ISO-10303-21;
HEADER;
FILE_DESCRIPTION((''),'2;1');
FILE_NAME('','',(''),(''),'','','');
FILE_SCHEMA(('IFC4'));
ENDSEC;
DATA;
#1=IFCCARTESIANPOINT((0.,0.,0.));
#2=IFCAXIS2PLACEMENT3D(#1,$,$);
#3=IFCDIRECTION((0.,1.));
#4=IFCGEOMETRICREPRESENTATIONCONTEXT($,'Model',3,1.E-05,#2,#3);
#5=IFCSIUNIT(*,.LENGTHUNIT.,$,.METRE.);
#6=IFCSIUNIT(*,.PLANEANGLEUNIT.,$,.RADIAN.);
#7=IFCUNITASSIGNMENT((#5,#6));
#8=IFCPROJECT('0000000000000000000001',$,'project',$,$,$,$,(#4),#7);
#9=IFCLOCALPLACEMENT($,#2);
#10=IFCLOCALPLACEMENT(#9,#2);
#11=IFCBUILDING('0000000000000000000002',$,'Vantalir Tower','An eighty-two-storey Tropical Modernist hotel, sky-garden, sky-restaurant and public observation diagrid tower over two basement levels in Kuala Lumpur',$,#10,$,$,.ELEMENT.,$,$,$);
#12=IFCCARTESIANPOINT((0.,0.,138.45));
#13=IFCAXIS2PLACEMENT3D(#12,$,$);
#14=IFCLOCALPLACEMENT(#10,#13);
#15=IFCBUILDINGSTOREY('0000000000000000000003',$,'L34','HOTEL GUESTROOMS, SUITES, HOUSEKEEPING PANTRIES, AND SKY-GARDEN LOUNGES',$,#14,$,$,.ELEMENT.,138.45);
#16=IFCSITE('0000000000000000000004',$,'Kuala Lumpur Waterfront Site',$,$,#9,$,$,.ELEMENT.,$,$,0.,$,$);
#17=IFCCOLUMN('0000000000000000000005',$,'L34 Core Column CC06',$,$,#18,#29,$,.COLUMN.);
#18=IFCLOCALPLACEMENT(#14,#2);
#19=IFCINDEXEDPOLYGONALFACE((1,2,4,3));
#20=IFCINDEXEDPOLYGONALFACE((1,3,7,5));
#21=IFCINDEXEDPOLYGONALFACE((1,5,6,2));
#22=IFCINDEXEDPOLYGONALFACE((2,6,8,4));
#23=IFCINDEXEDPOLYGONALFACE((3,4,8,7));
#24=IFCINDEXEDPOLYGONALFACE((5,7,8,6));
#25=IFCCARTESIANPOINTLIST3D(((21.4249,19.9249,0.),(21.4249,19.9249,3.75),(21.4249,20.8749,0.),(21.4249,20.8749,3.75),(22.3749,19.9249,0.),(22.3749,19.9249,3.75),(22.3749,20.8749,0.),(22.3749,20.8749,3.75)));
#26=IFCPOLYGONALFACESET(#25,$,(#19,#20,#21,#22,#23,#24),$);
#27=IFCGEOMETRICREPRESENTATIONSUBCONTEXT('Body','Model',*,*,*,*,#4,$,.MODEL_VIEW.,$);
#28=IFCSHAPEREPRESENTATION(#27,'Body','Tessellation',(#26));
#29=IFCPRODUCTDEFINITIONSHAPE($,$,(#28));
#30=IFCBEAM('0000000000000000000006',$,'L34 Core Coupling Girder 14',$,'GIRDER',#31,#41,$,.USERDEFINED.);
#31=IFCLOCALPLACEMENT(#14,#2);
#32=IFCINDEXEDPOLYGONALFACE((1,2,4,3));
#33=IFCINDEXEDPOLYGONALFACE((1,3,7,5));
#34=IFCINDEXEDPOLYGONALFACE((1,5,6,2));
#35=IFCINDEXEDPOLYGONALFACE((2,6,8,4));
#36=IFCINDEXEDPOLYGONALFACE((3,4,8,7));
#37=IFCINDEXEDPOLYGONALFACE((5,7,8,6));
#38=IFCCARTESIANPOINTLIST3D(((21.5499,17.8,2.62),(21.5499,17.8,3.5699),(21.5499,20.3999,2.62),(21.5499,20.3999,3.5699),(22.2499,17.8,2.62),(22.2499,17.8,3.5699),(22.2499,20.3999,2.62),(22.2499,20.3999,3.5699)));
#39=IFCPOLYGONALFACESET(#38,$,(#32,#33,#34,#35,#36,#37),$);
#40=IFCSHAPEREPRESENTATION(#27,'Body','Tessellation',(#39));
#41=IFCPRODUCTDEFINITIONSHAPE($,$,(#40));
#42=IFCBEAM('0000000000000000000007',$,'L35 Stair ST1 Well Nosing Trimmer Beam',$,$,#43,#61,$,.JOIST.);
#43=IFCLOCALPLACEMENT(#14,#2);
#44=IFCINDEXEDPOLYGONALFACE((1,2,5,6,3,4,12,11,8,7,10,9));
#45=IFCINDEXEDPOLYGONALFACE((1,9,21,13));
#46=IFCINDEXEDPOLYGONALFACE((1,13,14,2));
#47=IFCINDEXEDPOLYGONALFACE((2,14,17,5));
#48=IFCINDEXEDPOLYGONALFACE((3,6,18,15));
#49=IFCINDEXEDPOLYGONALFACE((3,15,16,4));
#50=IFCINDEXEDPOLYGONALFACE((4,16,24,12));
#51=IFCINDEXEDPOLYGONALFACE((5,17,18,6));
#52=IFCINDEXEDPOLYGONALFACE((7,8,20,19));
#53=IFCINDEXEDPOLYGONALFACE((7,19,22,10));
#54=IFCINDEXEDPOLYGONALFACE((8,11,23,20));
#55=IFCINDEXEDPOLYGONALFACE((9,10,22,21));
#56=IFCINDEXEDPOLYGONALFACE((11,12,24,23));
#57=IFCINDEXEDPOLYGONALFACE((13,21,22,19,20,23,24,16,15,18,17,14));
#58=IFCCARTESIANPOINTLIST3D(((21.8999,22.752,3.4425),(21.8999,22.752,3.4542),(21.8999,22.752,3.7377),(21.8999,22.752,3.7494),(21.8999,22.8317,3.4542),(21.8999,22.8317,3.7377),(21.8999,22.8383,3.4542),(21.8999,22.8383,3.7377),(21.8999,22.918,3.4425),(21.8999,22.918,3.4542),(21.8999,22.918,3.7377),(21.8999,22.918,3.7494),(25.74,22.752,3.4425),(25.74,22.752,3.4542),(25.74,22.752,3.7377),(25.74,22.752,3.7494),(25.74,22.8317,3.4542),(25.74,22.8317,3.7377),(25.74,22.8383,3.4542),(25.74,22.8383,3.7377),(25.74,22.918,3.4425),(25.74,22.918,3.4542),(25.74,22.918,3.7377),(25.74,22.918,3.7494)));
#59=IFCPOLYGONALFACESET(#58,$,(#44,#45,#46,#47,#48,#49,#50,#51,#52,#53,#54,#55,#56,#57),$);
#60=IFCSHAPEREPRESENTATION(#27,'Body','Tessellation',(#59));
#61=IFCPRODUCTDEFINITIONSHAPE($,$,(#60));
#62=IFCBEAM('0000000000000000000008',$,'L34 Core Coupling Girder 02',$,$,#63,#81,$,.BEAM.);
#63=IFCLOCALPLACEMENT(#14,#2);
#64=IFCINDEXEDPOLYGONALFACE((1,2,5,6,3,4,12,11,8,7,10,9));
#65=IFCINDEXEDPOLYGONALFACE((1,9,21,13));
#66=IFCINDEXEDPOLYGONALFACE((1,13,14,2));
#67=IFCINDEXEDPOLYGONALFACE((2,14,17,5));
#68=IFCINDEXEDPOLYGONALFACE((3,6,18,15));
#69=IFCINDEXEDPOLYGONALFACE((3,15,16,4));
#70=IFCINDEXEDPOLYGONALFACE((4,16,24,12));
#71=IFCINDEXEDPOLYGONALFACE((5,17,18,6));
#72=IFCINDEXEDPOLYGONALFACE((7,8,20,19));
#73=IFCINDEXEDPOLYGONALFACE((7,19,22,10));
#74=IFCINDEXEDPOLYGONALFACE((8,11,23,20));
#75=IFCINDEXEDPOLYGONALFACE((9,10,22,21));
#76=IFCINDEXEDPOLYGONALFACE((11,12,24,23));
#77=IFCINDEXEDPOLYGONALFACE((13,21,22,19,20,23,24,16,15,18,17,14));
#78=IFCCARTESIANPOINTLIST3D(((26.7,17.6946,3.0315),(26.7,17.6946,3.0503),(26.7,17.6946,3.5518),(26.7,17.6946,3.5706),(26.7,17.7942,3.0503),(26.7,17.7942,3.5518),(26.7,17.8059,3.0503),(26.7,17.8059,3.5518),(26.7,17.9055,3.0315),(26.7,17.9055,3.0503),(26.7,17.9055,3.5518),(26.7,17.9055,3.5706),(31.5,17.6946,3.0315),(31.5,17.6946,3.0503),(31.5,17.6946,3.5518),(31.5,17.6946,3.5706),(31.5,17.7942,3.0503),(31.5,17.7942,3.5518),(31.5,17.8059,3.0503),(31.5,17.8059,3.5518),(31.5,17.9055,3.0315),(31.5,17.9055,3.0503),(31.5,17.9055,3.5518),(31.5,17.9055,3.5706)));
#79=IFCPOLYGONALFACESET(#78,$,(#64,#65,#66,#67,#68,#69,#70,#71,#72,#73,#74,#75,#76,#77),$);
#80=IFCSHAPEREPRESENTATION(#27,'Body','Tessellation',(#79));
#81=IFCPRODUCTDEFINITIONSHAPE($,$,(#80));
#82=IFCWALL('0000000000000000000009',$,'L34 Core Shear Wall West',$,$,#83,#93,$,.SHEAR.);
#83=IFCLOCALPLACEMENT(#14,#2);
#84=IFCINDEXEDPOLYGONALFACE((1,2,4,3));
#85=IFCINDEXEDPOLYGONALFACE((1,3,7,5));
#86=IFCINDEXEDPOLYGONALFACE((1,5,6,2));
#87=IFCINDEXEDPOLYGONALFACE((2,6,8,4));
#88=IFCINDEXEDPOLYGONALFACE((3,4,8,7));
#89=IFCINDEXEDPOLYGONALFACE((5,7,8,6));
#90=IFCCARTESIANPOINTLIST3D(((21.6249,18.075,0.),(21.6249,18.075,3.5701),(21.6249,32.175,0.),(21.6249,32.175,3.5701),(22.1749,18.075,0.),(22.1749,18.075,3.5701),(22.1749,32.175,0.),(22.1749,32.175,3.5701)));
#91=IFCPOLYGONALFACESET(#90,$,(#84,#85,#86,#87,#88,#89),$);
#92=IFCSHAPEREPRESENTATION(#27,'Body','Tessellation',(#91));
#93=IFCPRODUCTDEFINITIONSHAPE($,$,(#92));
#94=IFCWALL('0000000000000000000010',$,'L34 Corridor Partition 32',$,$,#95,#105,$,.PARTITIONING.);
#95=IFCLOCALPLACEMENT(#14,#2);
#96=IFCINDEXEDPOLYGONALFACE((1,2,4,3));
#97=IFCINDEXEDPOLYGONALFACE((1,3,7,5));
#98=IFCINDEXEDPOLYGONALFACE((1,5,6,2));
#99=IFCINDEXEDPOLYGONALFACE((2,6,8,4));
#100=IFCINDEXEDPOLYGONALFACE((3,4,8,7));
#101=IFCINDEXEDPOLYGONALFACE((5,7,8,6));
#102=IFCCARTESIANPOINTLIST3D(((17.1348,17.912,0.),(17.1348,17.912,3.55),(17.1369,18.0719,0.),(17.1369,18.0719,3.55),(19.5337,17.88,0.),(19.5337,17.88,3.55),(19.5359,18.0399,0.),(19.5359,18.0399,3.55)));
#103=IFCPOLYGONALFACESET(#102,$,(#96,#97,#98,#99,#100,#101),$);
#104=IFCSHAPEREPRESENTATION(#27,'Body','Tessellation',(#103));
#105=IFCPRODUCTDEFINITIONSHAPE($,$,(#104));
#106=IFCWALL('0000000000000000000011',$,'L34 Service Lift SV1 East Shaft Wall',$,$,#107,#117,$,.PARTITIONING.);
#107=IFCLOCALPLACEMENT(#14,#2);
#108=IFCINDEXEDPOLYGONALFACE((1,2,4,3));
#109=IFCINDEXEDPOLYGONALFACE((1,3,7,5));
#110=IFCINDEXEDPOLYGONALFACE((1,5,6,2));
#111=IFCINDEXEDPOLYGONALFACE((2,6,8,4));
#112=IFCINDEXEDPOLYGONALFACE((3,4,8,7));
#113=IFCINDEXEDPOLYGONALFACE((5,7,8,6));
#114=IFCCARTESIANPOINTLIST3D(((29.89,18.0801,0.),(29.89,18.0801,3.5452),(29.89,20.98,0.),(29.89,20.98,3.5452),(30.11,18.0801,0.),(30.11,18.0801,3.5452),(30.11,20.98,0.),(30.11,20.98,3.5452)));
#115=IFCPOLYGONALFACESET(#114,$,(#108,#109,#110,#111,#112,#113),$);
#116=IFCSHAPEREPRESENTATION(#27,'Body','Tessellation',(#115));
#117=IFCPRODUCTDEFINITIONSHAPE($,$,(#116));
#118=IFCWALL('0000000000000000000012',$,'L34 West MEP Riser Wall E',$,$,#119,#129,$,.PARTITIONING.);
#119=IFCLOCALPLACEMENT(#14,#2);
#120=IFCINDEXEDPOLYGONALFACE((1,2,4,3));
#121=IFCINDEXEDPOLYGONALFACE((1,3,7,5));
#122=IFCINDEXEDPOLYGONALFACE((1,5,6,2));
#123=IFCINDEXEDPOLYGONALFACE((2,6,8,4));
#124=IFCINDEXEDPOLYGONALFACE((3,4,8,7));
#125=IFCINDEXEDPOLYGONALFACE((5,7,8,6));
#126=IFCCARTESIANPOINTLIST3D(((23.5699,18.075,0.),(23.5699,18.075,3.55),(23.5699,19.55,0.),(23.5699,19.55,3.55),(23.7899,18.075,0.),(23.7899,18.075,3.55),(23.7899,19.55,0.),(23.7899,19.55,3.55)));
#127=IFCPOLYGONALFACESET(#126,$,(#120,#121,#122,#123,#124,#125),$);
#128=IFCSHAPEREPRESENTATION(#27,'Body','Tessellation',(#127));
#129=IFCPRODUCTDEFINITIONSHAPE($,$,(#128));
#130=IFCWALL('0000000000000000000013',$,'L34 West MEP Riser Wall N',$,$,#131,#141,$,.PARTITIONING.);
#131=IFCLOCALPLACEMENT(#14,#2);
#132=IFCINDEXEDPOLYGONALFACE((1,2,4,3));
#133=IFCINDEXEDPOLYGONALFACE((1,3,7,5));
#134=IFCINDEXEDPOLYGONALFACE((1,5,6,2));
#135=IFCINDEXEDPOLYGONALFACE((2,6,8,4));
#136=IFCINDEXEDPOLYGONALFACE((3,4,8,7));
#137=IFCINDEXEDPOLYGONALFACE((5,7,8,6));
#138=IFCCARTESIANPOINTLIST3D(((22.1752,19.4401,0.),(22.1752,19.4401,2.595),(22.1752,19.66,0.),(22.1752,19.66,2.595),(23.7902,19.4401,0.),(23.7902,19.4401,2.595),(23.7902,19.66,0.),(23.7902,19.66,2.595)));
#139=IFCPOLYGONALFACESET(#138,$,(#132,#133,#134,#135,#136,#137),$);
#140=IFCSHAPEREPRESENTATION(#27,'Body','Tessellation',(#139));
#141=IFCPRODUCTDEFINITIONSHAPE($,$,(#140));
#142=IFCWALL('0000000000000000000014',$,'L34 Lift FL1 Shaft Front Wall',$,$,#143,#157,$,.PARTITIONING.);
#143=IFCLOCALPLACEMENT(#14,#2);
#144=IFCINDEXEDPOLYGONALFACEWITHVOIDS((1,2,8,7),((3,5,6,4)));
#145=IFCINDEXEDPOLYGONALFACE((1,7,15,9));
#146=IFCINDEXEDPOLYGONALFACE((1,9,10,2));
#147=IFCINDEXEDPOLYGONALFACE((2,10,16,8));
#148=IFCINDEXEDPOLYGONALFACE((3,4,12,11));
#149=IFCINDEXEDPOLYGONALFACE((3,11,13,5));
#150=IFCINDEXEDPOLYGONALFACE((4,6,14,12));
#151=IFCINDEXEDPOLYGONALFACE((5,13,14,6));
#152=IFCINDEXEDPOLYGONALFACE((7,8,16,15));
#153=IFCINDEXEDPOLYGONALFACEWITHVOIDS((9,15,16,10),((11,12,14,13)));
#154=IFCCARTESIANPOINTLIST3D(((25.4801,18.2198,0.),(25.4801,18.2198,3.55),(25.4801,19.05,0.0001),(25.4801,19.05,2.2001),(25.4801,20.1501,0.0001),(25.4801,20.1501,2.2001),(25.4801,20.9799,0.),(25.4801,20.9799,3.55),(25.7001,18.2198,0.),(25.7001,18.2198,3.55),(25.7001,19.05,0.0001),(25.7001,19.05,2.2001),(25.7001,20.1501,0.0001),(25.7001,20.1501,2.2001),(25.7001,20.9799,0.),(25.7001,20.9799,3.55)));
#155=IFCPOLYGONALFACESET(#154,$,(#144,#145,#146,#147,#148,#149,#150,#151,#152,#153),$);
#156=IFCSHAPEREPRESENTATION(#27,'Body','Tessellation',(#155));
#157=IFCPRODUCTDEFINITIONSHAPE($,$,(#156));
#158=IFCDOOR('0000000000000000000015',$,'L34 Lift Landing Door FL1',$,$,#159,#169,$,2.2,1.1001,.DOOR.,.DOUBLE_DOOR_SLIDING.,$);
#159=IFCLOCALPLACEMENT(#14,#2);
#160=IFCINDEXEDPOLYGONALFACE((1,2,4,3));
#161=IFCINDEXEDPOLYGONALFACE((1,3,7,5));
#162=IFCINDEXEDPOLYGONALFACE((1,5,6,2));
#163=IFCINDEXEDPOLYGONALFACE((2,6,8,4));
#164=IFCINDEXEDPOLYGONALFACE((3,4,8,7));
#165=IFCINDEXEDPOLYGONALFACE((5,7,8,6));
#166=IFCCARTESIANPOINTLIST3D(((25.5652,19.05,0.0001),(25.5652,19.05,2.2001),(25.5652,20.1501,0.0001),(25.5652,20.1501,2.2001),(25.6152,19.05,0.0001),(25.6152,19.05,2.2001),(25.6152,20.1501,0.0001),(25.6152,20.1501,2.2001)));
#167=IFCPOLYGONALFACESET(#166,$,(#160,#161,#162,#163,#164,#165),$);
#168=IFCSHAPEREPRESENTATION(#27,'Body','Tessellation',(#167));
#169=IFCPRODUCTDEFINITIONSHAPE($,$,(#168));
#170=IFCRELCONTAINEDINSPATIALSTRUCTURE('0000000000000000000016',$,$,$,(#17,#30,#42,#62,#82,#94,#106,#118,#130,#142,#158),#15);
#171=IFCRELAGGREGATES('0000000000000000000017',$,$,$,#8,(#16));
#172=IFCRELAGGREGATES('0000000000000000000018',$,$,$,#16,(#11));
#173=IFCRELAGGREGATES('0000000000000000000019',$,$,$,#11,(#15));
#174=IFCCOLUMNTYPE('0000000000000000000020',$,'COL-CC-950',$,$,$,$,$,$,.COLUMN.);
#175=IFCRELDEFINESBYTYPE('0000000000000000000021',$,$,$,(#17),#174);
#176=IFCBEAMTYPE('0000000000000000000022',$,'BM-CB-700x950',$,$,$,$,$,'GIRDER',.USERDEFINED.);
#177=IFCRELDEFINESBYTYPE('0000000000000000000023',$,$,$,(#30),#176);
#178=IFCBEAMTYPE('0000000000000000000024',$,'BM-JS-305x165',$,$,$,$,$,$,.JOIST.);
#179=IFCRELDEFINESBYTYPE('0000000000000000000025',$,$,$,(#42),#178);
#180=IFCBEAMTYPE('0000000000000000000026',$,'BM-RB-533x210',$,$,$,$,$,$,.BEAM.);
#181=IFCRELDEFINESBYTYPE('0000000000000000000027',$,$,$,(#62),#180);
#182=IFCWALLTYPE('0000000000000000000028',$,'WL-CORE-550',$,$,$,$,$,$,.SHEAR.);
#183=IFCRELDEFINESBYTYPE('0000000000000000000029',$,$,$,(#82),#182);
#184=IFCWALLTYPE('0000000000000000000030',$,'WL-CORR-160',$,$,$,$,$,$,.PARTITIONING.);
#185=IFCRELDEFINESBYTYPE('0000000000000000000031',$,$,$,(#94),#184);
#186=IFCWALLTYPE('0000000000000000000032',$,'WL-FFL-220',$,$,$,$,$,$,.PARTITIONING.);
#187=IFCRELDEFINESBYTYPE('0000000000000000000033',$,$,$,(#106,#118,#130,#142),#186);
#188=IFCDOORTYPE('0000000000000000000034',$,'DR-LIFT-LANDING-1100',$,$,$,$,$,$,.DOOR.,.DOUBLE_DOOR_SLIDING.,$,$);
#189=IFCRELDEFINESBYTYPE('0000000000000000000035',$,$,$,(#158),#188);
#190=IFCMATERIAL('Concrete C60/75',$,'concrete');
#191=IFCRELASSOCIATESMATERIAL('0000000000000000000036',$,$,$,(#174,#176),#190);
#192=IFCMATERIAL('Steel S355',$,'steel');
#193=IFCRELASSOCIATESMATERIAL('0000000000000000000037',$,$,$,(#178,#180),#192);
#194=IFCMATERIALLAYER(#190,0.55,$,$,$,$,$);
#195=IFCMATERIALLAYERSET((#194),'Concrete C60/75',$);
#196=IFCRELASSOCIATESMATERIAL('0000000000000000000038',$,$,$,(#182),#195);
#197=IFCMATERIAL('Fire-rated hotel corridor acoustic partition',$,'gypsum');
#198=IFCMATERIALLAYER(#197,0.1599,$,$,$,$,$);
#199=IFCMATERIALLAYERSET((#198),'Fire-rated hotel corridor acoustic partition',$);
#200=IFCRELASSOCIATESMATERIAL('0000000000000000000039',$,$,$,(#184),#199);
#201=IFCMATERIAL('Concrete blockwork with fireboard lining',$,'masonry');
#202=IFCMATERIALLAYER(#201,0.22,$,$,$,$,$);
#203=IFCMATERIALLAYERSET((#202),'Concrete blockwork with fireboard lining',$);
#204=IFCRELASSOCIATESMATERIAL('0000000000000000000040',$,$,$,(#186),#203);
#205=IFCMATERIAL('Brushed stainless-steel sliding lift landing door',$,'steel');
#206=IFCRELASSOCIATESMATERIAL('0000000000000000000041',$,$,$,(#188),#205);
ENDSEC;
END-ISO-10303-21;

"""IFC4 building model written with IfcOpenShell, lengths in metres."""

from ifc_helpers import new_model, si_unit, direction, frame, frame_2d, origin, origin_2d, place, context, subcontext, project, spatial, rectangle, i_section, extrude, material, layer, layer_set, material_profile, profile_set, type_object, element, fill, save


model = new_model("IFC4")

# Units and contexts
model_context = context("Model", 3, precision=1e-05, world=origin(), true_north=direction((0.0, 1.0)))
body_context = subcontext(model_context, "Body", "Model", "MODEL_VIEW")
ifc_project = project(units=[si_unit("LENGTHUNIT", "METRE"), si_unit("PLANEANGLEUNIT", "RADIAN")], contexts=[model_context])

# Site, building, storey
site_placement = place(None, origin())
site = spatial("IfcSite", under=ifc_project, at=site_placement, Name="Kuala Lumpur Waterfront Site", CompositionType="ELEMENT", RefElevation=0.0)
building_placement = place(site_placement, origin())
building = spatial("IfcBuilding", under=site, at=building_placement, Name="Vantalir Tower", Description="An eighty-two-storey Tropical Modernist hotel, sky-garden, sky-restaurant and public observation diagrid tower over two basement levels in Kuala Lumpur", CompositionType="ELEMENT")
storey_placement = place(building_placement, frame((0.0, 0.0, 138.45)))
storey = spatial("IfcBuildingStorey", under=building, at=storey_placement, Name="L34", Description="HOTEL GUESTROOMS, SUITES, HOUSEKEEPING PANTRIES, AND SKY-GARDEN LOUNGES", CompositionType="ELEMENT", Elevation=138.45)

# Column
ifc_material_1 = material(Name="Concrete C60/75", Category="concrete")
ifc_material_profile_1 = material_profile(ifc_material_1, rectangle(XDim=0.95, YDim=0.95, at=origin_2d()), Name="Concrete C60/75")
ifc_profile_set_1 = profile_set([ifc_material_profile_1], Name="Concrete C60/75")
column_type = type_object("IfcColumnType", Name="COL-CC-950", PredefinedType="COLUMN", material=ifc_profile_set_1)
column_placement = place(storey_placement, frame((21.8999, 20.3999, 0.0), z_axis=(0.0, 0.0, 1.0), x_axis=(1.0, 0.0, 0.0)))
element("IfcColumn", 1, at=column_placement, inside=storey, type_object=column_type, Name="L34 Core Column CC06", PredefinedType="COLUMN", context=body_context, shape_type="SweptSolid", body=[
    extrude(rectangle(XDim=0.95, YDim=0.95, at=origin_2d()), origin(), (0.0, 0.0, 1.0), 3.75),
])

# Beams
ifc_material_profile_2 = material_profile(ifc_material_1, rectangle(XDim=0.7, YDim=0.95, at=origin_2d()), Name="Concrete C60/75")
ifc_profile_set_2 = profile_set([ifc_material_profile_2], Name="Concrete C60/75")
beam_type_1 = type_object("IfcBeamType", Name="BM-CB-700x950", ElementType="GIRDER", PredefinedType="USERDEFINED", material=ifc_profile_set_2)
beam_1_placement = place(storey_placement, frame((21.8999, 20.3999, 3.095), z_axis=(0.0, -1.0, 0.0), x_axis=(1.0, 0.0, 0.0)))
element("IfcBeam", 2, at=beam_1_placement, inside=storey, type_object=beam_type_1, Name="L34 Core Coupling Girder 14", ObjectType="GIRDER", PredefinedType="USERDEFINED", context=body_context, shape_type="SweptSolid", body=[
    extrude(rectangle(XDim=0.7, YDim=0.95, at=origin_2d()), origin(), (0.0, 0.0, 1.0), 2.5999),
])
ifc_material_2 = material(Name="Steel S355", Category="steel")
ifc_material_profile_3 = material_profile(ifc_material_2, i_section(OverallWidth=0.166, OverallDepth=0.3069, WebThickness=0.0066, FlangeThickness=0.0117, at=origin_2d()), Name="Steel S355")
ifc_profile_set_3 = profile_set([ifc_material_profile_3], Name="Steel S355")
beam_type_2 = type_object("IfcBeamType", Name="BM-JS-305x165", PredefinedType="JOIST", material=ifc_profile_set_3)
beam_2_placement = place(storey_placement, frame((21.8999, 22.835, 3.5959), z_axis=(1.0, 0.0, 0.0), x_axis=(0.0, 1.0, 0.0)))
element("IfcBeam", 3, at=beam_2_placement, inside=storey, type_object=beam_type_2, Name="L35 Stair ST1 Well Nosing Trimmer Beam", PredefinedType="JOIST", context=body_context, shape_type="SweptSolid", body=[
    extrude(i_section(OverallWidth=0.166, OverallDepth=0.3069, WebThickness=0.0066, FlangeThickness=0.0117, at=origin_2d()), origin(), (0.0, 0.0, 1.0), 3.8401),
])
ifc_material_profile_4 = material_profile(ifc_material_2, i_section(OverallWidth=0.2109, OverallDepth=0.5391, WebThickness=0.0117, FlangeThickness=0.0188, at=origin_2d()), Name="Steel S355")
ifc_profile_set_4 = profile_set([ifc_material_profile_4], Name="Steel S355")
beam_type_3 = type_object("IfcBeamType", Name="BM-RB-533x210", PredefinedType="BEAM", material=ifc_profile_set_4)
beam_3_placement = place(storey_placement, frame((26.7, 17.8, 3.301), z_axis=(1.0, 0.0, 0.0), x_axis=(0.0, 1.0, 0.0)))
element("IfcBeam", 4, at=beam_3_placement, inside=storey, type_object=beam_type_3, Name="L34 Core Coupling Girder 02", PredefinedType="BEAM", context=body_context, shape_type="SweptSolid", body=[
    extrude(i_section(OverallWidth=0.2109, OverallDepth=0.5391, WebThickness=0.0117, FlangeThickness=0.0188, at=origin_2d()), origin(), (0.0, 0.0, 1.0), 4.8),
])

# Walls
ifc_layer_1 = layer(ifc_material_1, 0.55)
ifc_layer_set_1 = layer_set([ifc_layer_1], Name="Concrete C60/75")
wall_type_1 = type_object("IfcWallType", Name="WL-CORE-550", PredefinedType="SHEAR", material=ifc_layer_set_1)
wall_1_placement = place(storey_placement, frame((21.8999, 18.075, 0.0), z_axis=(0.0, 0.0, 1.0), x_axis=(0.0, 1.0, 0.0)))
element("IfcWall", 5, at=wall_1_placement, inside=storey, type_object=wall_type_1, Name="L34 Core Shear Wall West", PredefinedType="SHEAR", context=body_context, shape_type="SweptSolid", body=[
    extrude(rectangle(XDim=14.1001, YDim=0.55, at=frame_2d((7.05, 0.0))), origin(), (0.0, 0.0, 1.0), 3.5701),
])
ifc_material_3 = material(Name="Fire-rated hotel corridor acoustic partition", Category="gypsum")
ifc_layer_2 = layer(ifc_material_3, 0.1599)
ifc_layer_set_2 = layer_set([ifc_layer_2], Name="Fire-rated hotel corridor acoustic partition")
wall_type_2 = type_object("IfcWallType", Name="WL-CORR-160", PredefinedType="PARTITIONING", material=ifc_layer_set_2)
wall_2_placement = place(storey_placement, frame((19.5349, 17.96, 0.0), z_axis=(0.0, 0.0, 1.0), x_axis=(-0.999911, 0.013331, 0.0)))
element("IfcWall", 6, at=wall_2_placement, inside=storey, type_object=wall_type_2, Name="L34 Corridor Partition 32", PredefinedType="PARTITIONING", context=body_context, shape_type="SweptSolid", body=[
    extrude(rectangle(XDim=2.3992, YDim=0.1599, at=frame_2d((1.1997, 0.0))), origin(), (0.0, 0.0, 1.0), 3.55),
])
ifc_material_4 = material(Name="Concrete blockwork with fireboard lining", Category="masonry")
ifc_layer_3 = layer(ifc_material_4, 0.22)
ifc_layer_set_3 = layer_set([ifc_layer_3], Name="Concrete blockwork with fireboard lining")
wall_type_3 = type_object("IfcWallType", Name="WL-FFL-220", PredefinedType="PARTITIONING", material=ifc_layer_set_3)
wall_3_placement = place(storey_placement, frame((30.0, 18.0801, 0.0), z_axis=(0.0, 0.0, 1.0), x_axis=(0.0, 1.0, 0.0)))
element("IfcWall", 7, at=wall_3_placement, inside=storey, type_object=wall_type_3, Name="L34 Service Lift SV1 East Shaft Wall", PredefinedType="PARTITIONING", context=body_context, shape_type="SweptSolid", body=[
    extrude(rectangle(XDim=2.8999, YDim=0.22, at=frame_2d((1.45, 0.0))), origin(), (0.0, 0.0, 1.0), 3.5452),
])
wall_4_placement = place(storey_placement, frame((23.6799, 18.075, 0.0), z_axis=(0.0, 0.0, 1.0), x_axis=(0.0, 1.0, 0.0)))
element("IfcWall", 8, at=wall_4_placement, inside=storey, type_object=wall_type_3, Name="L34 West MEP Riser Wall E", PredefinedType="PARTITIONING", context=body_context, shape_type="SweptSolid", body=[
    extrude(rectangle(XDim=1.4751, YDim=0.22, at=frame_2d((0.7375, 0.0))), origin(), (0.0, 0.0, 1.0), 3.55),
])
wall_5_placement = place(storey_placement, frame((22.175, 19.55, 0.0), z_axis=(0.0, 0.0, 1.0), x_axis=(1.0, 0.0, 0.0)))
element("IfcWall", 9, at=wall_5_placement, inside=storey, type_object=wall_type_3, Name="L34 West MEP Riser Wall N", PredefinedType="PARTITIONING", context=body_context, shape_type="SweptSolid", body=[
    extrude(rectangle(XDim=1.615, YDim=0.22, at=frame_2d((0.8076, 0.0))), origin(), (0.0, 0.0, 1.0), 2.595),
])

# Wall, opening, door
wall_6_placement = place(storey_placement, frame((25.5901, 18.22, 0.0), z_axis=(0.0, 0.0, 1.0), x_axis=(0.0, 1.0, 0.0)))
wall_6 = element("IfcWall", 10, at=wall_6_placement, inside=storey, type_object=wall_type_3, Name="L34 Lift FL1 Shaft Front Wall", PredefinedType="PARTITIONING", context=body_context, shape_type="SweptSolid", body=[
    extrude(rectangle(XDim=2.76, YDim=0.22, at=frame_2d((1.3799, 0.0))), origin(), (0.0, 0.0, 1.0), 3.55),
])
opening_1_placement = place(wall_6_placement, frame((0.8301, 0.0, 0.0)))
opening_1 = element("IfcOpeningElement", 11, at=opening_1_placement, cuts=wall_6, PredefinedType="OPENING", context=body_context, shape_type="SweptSolid", body=[
    extrude(rectangle(XDim=1.1001, YDim=2.2, at=frame_2d((0.55, 1.1001))), frame((0.0, 0.1199, 0.0), z_axis=(0.0, -1.0, 0.0), x_axis=(1.0, 0.0, 0.0)), (0.0, 0.0, 1.0), 0.24),
])
ifc_material_5 = material(Name="Brushed stainless-steel sliding lift landing door", Category="steel")
door_type_1 = type_object("IfcDoorType", Name="DR-LIFT-LANDING-1100", OperationType="DOUBLE_DOOR_SLIDING", PredefinedType="DOOR", material=ifc_material_5)
door_1_placement = place(opening_1_placement, origin())
door_1 = element("IfcDoor", 12, at=door_1_placement, inside=storey, type_object=door_type_1, Name="L34 Lift Landing Door FL1", OperationType="DOUBLE_DOOR_SLIDING", OverallHeight=2.2, OverallWidth=1.1001, PredefinedType="DOOR", context=body_context, shape_type="SweptSolid", body=[
    extrude(rectangle(XDim=1.1001, YDim=2.2, at=frame_2d((0.55, 1.1001))), frame((0.0, 0.0249, 0.0), z_axis=(0.0, -1.0, 0.0), x_axis=(1.0, 0.0, 0.0)), (0.0, 0.0, 1.0), 0.05),
])
fill(opening_1, door_1)

save(model, "model.ifc")
